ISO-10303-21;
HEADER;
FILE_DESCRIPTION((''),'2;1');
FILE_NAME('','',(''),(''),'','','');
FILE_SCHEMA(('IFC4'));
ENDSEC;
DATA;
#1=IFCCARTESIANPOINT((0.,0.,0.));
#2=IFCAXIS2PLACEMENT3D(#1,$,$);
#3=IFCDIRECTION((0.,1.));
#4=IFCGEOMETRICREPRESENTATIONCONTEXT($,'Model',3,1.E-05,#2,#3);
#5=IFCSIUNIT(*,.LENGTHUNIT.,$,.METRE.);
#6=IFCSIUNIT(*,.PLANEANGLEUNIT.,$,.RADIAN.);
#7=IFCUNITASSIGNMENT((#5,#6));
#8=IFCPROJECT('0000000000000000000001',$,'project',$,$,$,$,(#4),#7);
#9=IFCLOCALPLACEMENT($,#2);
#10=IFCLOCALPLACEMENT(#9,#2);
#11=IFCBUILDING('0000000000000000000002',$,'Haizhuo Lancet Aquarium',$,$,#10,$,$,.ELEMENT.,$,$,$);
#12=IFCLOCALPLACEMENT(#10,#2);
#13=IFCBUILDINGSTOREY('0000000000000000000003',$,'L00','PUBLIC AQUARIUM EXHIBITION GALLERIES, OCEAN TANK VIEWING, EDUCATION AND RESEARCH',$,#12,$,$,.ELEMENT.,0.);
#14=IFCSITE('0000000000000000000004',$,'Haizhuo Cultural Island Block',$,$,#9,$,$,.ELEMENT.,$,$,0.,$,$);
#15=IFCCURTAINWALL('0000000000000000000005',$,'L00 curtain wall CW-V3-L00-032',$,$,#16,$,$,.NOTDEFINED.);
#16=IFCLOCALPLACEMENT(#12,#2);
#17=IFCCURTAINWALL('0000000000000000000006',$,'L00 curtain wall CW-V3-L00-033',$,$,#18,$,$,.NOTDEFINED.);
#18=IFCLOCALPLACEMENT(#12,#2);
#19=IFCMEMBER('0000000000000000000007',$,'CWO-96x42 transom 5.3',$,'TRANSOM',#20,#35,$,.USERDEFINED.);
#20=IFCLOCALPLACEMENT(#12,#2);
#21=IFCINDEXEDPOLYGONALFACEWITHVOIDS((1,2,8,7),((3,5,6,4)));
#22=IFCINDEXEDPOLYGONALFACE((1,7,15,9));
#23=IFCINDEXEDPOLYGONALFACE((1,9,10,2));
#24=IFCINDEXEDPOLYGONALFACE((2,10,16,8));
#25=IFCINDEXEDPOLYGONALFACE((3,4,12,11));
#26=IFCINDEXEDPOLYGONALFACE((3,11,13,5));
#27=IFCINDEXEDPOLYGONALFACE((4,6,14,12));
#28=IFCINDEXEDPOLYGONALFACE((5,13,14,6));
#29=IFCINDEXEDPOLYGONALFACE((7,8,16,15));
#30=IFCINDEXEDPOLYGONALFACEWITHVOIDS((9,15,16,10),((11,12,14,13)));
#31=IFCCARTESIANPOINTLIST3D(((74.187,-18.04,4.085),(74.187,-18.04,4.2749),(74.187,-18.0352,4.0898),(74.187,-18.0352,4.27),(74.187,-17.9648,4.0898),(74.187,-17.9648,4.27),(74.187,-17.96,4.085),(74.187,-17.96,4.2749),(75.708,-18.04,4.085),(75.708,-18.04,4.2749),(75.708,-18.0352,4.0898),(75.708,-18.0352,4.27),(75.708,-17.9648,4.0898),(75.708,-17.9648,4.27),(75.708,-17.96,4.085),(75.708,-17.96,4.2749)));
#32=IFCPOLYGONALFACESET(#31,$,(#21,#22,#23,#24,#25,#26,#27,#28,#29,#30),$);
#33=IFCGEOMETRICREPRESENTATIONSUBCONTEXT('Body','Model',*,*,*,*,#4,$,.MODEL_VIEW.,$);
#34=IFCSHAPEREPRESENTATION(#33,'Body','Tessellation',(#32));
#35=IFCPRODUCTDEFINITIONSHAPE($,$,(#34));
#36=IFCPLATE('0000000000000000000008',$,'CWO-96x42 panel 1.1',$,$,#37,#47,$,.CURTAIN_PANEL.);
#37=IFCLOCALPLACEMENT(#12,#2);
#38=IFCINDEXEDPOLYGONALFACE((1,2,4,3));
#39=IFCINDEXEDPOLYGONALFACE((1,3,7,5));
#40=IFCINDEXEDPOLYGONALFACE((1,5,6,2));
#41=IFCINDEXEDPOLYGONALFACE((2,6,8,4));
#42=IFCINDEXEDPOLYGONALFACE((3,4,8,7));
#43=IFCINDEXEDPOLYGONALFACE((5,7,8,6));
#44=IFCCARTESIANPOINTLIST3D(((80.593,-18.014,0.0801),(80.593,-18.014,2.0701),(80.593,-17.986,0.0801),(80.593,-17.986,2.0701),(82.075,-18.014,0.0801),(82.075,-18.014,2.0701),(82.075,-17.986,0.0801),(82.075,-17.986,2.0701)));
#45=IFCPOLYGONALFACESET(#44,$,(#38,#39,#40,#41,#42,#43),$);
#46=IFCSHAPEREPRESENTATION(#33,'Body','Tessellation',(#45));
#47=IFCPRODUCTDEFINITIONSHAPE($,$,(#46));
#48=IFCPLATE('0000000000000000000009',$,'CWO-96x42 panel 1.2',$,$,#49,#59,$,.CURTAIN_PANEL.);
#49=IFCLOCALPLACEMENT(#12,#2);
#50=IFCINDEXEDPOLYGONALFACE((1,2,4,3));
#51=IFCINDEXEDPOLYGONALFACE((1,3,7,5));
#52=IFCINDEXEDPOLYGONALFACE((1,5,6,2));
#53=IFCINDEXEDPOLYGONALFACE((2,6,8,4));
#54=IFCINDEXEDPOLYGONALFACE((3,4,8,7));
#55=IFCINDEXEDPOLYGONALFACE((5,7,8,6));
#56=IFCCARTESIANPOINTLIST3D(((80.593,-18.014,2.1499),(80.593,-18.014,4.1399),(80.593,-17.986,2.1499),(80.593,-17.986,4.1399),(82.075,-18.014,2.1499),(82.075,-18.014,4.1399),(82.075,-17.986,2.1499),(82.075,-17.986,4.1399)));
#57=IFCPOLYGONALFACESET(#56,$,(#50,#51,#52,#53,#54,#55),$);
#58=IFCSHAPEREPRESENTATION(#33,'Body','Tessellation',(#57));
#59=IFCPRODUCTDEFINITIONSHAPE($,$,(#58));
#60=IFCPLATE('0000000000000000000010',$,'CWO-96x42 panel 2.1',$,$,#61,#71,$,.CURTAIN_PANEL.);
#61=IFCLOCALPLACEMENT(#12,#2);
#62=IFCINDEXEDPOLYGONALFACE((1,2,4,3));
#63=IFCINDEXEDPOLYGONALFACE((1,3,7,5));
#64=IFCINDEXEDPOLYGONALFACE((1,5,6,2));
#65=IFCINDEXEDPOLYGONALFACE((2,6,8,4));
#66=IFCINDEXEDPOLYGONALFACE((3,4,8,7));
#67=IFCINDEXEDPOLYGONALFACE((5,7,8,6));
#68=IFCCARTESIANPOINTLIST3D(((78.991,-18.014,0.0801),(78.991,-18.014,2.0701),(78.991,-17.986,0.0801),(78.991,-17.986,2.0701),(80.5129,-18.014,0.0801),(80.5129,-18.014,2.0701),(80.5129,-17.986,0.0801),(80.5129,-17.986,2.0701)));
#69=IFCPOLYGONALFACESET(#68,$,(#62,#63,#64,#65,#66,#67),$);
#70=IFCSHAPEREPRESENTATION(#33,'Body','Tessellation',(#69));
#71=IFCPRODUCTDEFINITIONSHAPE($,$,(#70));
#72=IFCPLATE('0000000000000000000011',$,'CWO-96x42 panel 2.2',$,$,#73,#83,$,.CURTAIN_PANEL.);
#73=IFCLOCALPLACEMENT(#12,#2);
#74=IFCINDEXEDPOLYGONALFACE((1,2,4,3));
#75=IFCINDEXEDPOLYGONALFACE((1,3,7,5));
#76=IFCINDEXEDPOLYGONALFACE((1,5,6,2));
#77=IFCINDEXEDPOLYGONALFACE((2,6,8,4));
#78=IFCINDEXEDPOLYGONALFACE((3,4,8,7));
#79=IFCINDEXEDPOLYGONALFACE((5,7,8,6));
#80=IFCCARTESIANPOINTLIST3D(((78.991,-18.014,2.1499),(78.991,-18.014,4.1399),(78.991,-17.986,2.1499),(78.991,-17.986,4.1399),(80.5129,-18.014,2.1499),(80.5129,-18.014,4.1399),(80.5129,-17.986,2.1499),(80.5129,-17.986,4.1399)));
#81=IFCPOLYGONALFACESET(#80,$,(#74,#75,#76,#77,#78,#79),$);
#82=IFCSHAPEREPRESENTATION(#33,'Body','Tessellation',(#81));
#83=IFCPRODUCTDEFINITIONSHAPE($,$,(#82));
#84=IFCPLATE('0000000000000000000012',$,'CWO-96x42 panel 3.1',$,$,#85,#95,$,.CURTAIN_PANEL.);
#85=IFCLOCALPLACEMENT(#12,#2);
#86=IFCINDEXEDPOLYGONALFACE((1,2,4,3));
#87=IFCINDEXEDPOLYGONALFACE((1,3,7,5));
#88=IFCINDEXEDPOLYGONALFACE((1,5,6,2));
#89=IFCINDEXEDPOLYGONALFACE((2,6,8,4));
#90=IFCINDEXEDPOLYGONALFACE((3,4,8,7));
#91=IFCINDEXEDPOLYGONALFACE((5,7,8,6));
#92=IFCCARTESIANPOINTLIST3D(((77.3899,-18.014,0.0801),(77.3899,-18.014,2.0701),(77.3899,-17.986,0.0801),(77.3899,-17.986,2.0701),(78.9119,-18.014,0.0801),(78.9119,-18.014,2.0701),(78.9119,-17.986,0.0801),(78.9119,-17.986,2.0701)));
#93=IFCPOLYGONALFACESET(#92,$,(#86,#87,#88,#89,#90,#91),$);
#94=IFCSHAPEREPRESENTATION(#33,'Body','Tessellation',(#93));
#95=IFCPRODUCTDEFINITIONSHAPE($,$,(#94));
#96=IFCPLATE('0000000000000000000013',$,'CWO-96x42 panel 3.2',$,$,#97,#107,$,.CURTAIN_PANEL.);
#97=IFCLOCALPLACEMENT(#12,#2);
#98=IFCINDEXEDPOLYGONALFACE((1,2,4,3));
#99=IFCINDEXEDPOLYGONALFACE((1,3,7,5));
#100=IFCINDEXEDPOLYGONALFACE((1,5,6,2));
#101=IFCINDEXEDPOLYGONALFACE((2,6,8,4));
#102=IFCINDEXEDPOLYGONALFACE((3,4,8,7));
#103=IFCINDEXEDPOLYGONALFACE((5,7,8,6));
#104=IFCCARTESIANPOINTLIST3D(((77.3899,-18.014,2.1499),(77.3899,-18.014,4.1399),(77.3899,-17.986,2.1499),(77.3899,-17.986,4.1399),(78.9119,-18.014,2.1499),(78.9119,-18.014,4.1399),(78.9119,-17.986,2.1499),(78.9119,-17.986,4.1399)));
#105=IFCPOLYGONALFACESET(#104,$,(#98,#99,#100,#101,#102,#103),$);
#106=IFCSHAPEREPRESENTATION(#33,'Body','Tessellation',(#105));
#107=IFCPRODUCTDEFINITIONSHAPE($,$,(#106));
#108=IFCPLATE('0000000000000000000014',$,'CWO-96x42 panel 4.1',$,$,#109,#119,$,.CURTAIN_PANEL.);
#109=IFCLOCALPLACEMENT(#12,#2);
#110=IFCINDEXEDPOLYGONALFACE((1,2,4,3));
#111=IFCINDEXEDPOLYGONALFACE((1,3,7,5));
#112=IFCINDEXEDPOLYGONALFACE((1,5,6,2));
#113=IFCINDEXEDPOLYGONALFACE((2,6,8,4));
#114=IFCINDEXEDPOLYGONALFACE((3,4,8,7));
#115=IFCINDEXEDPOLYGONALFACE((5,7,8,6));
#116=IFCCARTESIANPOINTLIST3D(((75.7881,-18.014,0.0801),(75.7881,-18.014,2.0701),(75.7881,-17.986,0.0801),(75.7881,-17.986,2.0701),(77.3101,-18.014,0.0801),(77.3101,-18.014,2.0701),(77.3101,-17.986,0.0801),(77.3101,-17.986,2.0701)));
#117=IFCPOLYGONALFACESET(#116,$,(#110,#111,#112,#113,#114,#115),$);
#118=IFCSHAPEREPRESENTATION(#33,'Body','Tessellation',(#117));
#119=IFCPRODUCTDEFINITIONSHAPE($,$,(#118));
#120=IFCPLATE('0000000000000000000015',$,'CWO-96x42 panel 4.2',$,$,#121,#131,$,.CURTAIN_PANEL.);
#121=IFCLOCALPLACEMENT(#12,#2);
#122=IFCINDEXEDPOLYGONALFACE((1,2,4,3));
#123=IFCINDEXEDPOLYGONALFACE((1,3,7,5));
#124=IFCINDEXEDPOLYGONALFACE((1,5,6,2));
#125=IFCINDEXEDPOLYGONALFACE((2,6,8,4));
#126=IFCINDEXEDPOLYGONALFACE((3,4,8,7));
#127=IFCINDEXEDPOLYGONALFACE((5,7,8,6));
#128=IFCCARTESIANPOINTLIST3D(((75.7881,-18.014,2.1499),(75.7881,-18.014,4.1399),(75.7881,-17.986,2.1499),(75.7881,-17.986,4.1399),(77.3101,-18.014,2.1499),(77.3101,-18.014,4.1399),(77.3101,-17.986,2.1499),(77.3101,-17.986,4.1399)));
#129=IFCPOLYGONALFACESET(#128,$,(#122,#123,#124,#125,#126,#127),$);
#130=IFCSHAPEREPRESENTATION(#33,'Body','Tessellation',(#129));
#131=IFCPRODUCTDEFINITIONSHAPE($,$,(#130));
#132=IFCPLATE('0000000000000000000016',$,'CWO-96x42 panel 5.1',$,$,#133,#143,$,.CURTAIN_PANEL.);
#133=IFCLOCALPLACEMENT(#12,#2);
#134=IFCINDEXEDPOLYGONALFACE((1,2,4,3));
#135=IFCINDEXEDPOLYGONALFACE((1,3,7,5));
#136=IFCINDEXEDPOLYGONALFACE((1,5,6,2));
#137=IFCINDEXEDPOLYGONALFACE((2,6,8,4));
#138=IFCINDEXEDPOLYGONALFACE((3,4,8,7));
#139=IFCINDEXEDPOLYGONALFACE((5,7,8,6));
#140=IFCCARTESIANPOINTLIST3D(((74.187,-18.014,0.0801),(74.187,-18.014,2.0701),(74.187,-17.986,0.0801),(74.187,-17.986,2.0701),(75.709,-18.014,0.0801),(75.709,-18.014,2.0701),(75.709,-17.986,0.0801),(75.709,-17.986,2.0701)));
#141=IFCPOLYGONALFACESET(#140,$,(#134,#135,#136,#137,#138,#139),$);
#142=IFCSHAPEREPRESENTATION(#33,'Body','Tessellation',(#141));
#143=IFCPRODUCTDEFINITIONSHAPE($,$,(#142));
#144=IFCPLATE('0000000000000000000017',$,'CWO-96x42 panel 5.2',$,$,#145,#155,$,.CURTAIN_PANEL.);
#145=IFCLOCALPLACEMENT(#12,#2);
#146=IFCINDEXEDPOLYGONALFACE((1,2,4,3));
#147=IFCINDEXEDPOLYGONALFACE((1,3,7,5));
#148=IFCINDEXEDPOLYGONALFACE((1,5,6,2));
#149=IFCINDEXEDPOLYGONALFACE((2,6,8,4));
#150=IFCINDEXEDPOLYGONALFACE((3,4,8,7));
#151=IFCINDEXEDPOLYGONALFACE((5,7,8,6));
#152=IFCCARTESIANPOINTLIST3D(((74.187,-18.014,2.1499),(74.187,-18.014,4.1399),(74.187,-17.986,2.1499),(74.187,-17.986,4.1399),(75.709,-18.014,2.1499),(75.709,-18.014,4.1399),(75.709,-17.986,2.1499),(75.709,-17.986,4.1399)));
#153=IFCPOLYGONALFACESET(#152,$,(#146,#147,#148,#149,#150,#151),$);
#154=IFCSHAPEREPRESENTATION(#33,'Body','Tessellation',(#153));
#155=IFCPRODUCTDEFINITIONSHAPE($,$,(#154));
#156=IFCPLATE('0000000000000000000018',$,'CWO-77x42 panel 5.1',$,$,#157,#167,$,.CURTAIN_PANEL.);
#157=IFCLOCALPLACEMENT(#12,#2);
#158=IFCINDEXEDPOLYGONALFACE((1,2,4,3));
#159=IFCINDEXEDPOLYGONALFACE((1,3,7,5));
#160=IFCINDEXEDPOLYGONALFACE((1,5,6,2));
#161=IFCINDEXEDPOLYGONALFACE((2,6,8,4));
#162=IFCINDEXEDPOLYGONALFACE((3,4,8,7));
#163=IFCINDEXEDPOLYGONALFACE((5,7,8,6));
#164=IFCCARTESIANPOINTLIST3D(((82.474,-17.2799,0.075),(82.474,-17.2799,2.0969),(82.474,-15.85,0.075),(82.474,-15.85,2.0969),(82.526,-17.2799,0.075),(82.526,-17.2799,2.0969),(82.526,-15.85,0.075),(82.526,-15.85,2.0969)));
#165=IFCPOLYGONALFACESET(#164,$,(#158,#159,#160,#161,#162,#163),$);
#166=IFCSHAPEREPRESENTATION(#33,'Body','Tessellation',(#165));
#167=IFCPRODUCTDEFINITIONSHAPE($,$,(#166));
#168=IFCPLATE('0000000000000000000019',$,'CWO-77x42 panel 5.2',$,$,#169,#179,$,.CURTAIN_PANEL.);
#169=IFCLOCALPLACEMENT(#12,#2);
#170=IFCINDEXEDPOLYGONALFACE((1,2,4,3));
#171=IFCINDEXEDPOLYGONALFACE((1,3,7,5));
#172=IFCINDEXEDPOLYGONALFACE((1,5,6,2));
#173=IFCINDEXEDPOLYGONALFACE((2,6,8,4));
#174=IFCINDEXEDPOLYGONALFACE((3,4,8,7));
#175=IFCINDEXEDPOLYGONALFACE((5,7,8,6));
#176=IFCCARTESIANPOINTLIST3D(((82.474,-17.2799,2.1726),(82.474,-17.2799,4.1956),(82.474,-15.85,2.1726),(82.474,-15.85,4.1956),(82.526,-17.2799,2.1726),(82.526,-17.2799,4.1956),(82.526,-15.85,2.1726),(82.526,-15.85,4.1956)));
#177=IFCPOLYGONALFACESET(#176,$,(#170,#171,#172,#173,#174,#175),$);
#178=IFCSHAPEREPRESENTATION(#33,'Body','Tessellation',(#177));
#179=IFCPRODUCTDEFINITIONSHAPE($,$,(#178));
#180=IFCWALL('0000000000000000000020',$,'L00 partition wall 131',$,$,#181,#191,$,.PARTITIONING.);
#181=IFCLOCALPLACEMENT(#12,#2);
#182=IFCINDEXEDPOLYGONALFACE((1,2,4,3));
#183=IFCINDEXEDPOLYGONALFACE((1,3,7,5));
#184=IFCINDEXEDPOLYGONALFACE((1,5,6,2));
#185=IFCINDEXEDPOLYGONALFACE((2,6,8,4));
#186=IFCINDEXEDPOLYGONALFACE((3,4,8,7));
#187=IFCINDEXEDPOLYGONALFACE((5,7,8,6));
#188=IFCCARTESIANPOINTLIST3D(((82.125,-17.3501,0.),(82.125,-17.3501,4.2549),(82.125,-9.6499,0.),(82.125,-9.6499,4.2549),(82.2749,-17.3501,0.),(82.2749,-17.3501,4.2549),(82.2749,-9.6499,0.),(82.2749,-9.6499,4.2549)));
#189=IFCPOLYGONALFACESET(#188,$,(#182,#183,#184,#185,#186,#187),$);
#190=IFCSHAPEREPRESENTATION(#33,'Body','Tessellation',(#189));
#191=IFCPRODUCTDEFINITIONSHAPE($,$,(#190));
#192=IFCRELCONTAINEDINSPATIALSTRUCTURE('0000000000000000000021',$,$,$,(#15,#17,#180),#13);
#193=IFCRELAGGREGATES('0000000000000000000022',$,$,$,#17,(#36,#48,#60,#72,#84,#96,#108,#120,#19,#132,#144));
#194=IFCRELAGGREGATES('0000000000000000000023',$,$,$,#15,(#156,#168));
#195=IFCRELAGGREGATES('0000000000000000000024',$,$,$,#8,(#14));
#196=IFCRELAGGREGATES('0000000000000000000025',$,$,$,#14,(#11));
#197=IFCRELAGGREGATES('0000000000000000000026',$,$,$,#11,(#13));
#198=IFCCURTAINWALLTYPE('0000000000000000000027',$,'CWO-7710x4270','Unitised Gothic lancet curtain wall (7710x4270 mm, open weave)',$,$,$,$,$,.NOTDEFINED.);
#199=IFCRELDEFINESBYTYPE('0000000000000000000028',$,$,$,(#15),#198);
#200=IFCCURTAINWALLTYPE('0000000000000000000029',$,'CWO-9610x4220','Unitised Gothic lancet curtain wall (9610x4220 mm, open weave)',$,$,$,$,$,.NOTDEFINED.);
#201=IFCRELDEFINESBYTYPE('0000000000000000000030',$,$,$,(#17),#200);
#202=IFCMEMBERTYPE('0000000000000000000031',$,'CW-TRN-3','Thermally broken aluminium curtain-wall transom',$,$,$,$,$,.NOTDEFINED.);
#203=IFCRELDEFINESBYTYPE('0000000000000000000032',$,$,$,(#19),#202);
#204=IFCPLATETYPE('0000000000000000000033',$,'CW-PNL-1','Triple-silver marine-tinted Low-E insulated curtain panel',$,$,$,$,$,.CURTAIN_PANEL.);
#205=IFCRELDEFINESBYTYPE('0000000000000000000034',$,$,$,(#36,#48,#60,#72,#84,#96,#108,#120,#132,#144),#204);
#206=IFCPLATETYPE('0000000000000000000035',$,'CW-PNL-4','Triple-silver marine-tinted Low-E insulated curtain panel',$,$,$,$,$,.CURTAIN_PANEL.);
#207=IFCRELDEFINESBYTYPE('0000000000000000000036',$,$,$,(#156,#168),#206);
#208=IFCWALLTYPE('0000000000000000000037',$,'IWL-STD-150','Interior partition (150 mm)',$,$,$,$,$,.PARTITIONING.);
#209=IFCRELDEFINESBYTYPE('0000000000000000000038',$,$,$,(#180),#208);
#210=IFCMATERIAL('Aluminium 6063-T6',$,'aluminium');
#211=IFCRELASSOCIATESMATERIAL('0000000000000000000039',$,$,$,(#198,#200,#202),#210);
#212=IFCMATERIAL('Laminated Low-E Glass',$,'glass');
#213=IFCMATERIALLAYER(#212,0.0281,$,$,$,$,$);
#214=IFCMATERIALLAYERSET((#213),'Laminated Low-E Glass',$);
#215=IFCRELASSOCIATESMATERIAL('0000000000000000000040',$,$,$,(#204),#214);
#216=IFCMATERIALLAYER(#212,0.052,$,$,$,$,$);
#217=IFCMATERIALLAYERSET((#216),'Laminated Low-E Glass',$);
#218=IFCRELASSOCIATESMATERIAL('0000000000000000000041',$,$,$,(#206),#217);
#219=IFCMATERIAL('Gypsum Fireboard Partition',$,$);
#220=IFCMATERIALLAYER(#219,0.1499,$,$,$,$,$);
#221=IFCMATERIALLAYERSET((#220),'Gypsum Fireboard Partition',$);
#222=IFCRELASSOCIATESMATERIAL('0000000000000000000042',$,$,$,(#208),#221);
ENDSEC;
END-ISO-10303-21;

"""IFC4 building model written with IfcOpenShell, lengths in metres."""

from ifc_helpers import new_model, si_unit, direction, frame, frame_2d, origin, origin_2d, place, context, subcontext, project, spatial, rectangle, hollow_rectangle, extrude, material, layer, layer_set, material_profile, profile_set, type_object, element, aggregate, save


model = new_model("IFC4")

# Units and contexts
model_context = context("Model", 3, precision=1e-05, world=origin(), true_north=direction((0.0, 1.0)))
body_context = subcontext(model_context, "Body", "Model", "MODEL_VIEW")
ifc_project = project(units=[si_unit("LENGTHUNIT", "METRE"), si_unit("PLANEANGLEUNIT", "RADIAN")], contexts=[model_context])

# Site, building, storey
site_placement = place(None, origin())
site = spatial("IfcSite", under=ifc_project, at=site_placement, Name="Haizhuo Cultural Island Block", CompositionType="ELEMENT", RefElevation=0.0)
building_placement = place(site_placement, origin())
building = spatial("IfcBuilding", under=site, at=building_placement, Name="Haizhuo Lancet Aquarium", CompositionType="ELEMENT")
storey_placement = place(building_placement, origin())
storey = spatial("IfcBuildingStorey", under=building, at=storey_placement, Name="L00", Description="PUBLIC AQUARIUM EXHIBITION GALLERIES, OCEAN TANK VIEWING, EDUCATION AND RESEARCH", CompositionType="ELEMENT", Elevation=0.0)

# Curtain wall
ifc_material_1 = material(Name="Aluminium 6063-T6", Category="aluminium")
curtain_wall_type_1 = type_object("IfcCurtainWallType", Name="CWO-7710x4270", Description="Unitised Gothic lancet curtain wall (7710x4270 mm, open weave)", PredefinedType="NOTDEFINED", material=ifc_material_1)
curtain_wall_1_placement = place(storey_placement, origin())
curtain_wall_1 = element("IfcCurtainWall", 1, at=curtain_wall_1_placement, inside=storey, type_object=curtain_wall_type_1, Name="L00 curtain wall CW-V3-L00-032", PredefinedType="NOTDEFINED")

# Curtain wall, member, plates
curtain_wall_type_2 = type_object("IfcCurtainWallType", Name="CWO-9610x4220", Description="Unitised Gothic lancet curtain wall (9610x4220 mm, open weave)", PredefinedType="NOTDEFINED", material=ifc_material_1)
curtain_wall_2_placement = place(storey_placement, origin())
curtain_wall_2 = element("IfcCurtainWall", 2, at=curtain_wall_2_placement, inside=storey, type_object=curtain_wall_type_2, Name="L00 curtain wall CW-V3-L00-033", PredefinedType="NOTDEFINED")
ifc_material_profile_1 = material_profile(ifc_material_1, hollow_rectangle(XDim=0.0801, YDim=0.1899, WallThickness=0.0049, at=origin_2d()), Name="ALU-T 80x190x5")
ifc_profile_set_1 = profile_set([ifc_material_profile_1], Name="Aluminium 6063-T6")
member_type_1 = type_object("IfcMemberType", Name="CW-TRN-3", Description="Thermally broken aluminium curtain-wall transom", PredefinedType="NOTDEFINED", material=ifc_profile_set_1)
member_1_placement = place(storey_placement, frame((75.708, -18.0, 4.1799), z_axis=(-1.0, 0.0, 0.0), x_axis=(0.0, -1.0, 0.0)))
member_1 = element("IfcMember", 3, at=member_1_placement, type_object=member_type_1, Name="CWO-96x42 transom 5.3", ObjectType="TRANSOM", PredefinedType="USERDEFINED", context=body_context, shape_type="SweptSolid", body=[
    extrude(hollow_rectangle(XDim=0.0801, YDim=0.1899, WallThickness=0.0049, at=origin_2d()), origin(), (0.0, 0.0, 1.0), 1.521),
])
ifc_material_2 = material(Name="Laminated Low-E Glass", Category="glass")
ifc_layer_1 = layer(ifc_material_2, 0.0281)
ifc_layer_set_1 = layer_set([ifc_layer_1], Name="Laminated Low-E Glass")
plate_type_1 = type_object("IfcPlateType", Name="CW-PNL-1", Description="Triple-silver marine-tinted Low-E insulated curtain panel", PredefinedType="CURTAIN_PANEL", material=ifc_layer_set_1)
plate_1_placement = place(storey_placement, frame((81.334, -18.0, 0.0801), z_axis=(0.0, 0.0, 1.0), x_axis=(-1.0, 0.0, 0.0)))
plate_1 = element("IfcPlate", 4, at=plate_1_placement, type_object=plate_type_1, Name="CWO-96x42 panel 1.1", PredefinedType="CURTAIN_PANEL", context=body_context, shape_type="SweptSolid", body=[
    extrude(rectangle(XDim=1.4819, YDim=0.0281, at=origin_2d()), origin(), (0.0, 0.0, 1.0), 1.99),
])
plate_2_placement = place(storey_placement, frame((81.334, -18.0, 2.1499), z_axis=(0.0, 0.0, 1.0), x_axis=(-1.0, 0.0, 0.0)))
plate_2 = element("IfcPlate", 5, at=plate_2_placement, type_object=plate_type_1, Name="CWO-96x42 panel 1.2", PredefinedType="CURTAIN_PANEL", context=body_context, shape_type="SweptSolid", body=[
    extrude(rectangle(XDim=1.4819, YDim=0.0281, at=origin_2d()), origin(), (0.0, 0.0, 1.0), 1.99),
])
plate_3_placement = place(storey_placement, frame((79.752, -18.0, 0.0801), z_axis=(0.0, 0.0, 1.0), x_axis=(-1.0, 0.0, 0.0)))
plate_3 = element("IfcPlate", 6, at=plate_3_placement, type_object=plate_type_1, Name="CWO-96x42 panel 2.1", PredefinedType="CURTAIN_PANEL", context=body_context, shape_type="SweptSolid", body=[
    extrude(rectangle(XDim=1.522, YDim=0.0281, at=origin_2d()), origin(), (0.0, 0.0, 1.0), 1.99),
])
plate_4_placement = place(storey_placement, frame((79.752, -18.0, 2.1499), z_axis=(0.0, 0.0, 1.0), x_axis=(-1.0, 0.0, 0.0)))
plate_4 = element("IfcPlate", 7, at=plate_4_placement, type_object=plate_type_1, Name="CWO-96x42 panel 2.2", PredefinedType="CURTAIN_PANEL", context=body_context, shape_type="SweptSolid", body=[
    extrude(rectangle(XDim=1.522, YDim=0.0281, at=origin_2d()), origin(), (0.0, 0.0, 1.0), 1.99),
])
plate_5_placement = place(storey_placement, frame((78.1509, -18.0, 0.0801), z_axis=(0.0, 0.0, 1.0), x_axis=(-1.0, 0.0, 0.0)))
plate_5 = element("IfcPlate", 8, at=plate_5_placement, type_object=plate_type_1, Name="CWO-96x42 panel 3.1", PredefinedType="CURTAIN_PANEL", context=body_context, shape_type="SweptSolid", body=[
    extrude(rectangle(XDim=1.522, YDim=0.0281, at=origin_2d()), origin(), (0.0, 0.0, 1.0), 1.99),
])
plate_6_placement = place(storey_placement, frame((78.1509, -18.0, 2.1499), z_axis=(0.0, 0.0, 1.0), x_axis=(-1.0, 0.0, 0.0)))
plate_6 = element("IfcPlate", 9, at=plate_6_placement, type_object=plate_type_1, Name="CWO-96x42 panel 3.2", PredefinedType="CURTAIN_PANEL", context=body_context, shape_type="SweptSolid", body=[
    extrude(rectangle(XDim=1.522, YDim=0.0281, at=origin_2d()), origin(), (0.0, 0.0, 1.0), 1.99),
])
plate_7_placement = place(storey_placement, frame((76.5491, -18.0, 0.0801), z_axis=(0.0, 0.0, 1.0), x_axis=(-1.0, 0.0, 0.0)))
plate_7 = element("IfcPlate", 10, at=plate_7_placement, type_object=plate_type_1, Name="CWO-96x42 panel 4.1", PredefinedType="CURTAIN_PANEL", context=body_context, shape_type="SweptSolid", body=[
    extrude(rectangle(XDim=1.522, YDim=0.0281, at=origin_2d()), origin(), (0.0, 0.0, 1.0), 1.99),
])
plate_8_placement = place(storey_placement, frame((76.5491, -18.0, 2.1499), z_axis=(0.0, 0.0, 1.0), x_axis=(-1.0, 0.0, 0.0)))
plate_8 = element("IfcPlate", 11, at=plate_8_placement, type_object=plate_type_1, Name="CWO-96x42 panel 4.2", PredefinedType="CURTAIN_PANEL", context=body_context, shape_type="SweptSolid", body=[
    extrude(rectangle(XDim=1.522, YDim=0.0281, at=origin_2d()), origin(), (0.0, 0.0, 1.0), 1.99),
])
plate_9_placement = place(storey_placement, frame((74.948, -18.0, 0.0801), z_axis=(0.0, 0.0, 1.0), x_axis=(-1.0, 0.0, 0.0)))
plate_9 = element("IfcPlate", 12, at=plate_9_placement, type_object=plate_type_1, Name="CWO-96x42 panel 5.1", PredefinedType="CURTAIN_PANEL", context=body_context, shape_type="SweptSolid", body=[
    extrude(rectangle(XDim=1.522, YDim=0.0281, at=origin_2d()), origin(), (0.0, 0.0, 1.0), 1.99),
])
plate_10_placement = place(storey_placement, frame((74.948, -18.0, 2.1499), z_axis=(0.0, 0.0, 1.0), x_axis=(-1.0, 0.0, 0.0)))
plate_10 = element("IfcPlate", 13, at=plate_10_placement, type_object=plate_type_1, Name="CWO-96x42 panel 5.2", PredefinedType="CURTAIN_PANEL", context=body_context, shape_type="SweptSolid", body=[
    extrude(rectangle(XDim=1.522, YDim=0.0281, at=origin_2d()), origin(), (0.0, 0.0, 1.0), 1.99),
])
aggregate(curtain_wall_2, [plate_1, plate_2, plate_3, plate_4, plate_5, plate_6, plate_7, plate_8, member_1, plate_9, plate_10])

# Plates
ifc_layer_2 = layer(ifc_material_2, 0.052)
ifc_layer_set_2 = layer_set([ifc_layer_2], Name="Laminated Low-E Glass")
plate_type_2 = type_object("IfcPlateType", Name="CW-PNL-4", Description="Triple-silver marine-tinted Low-E insulated curtain panel", PredefinedType="CURTAIN_PANEL", material=ifc_layer_set_2)
plate_11_placement = place(storey_placement, frame((82.5, -16.5649, 0.075), z_axis=(0.0, 0.0, 1.0), x_axis=(0.0, -1.0, 0.0)))
plate_11 = element("IfcPlate", 14, at=plate_11_placement, type_object=plate_type_2, Name="CWO-77x42 panel 5.1", PredefinedType="CURTAIN_PANEL", context=body_context, shape_type="SweptSolid", body=[
    extrude(rectangle(XDim=1.4299, YDim=0.052, at=origin_2d()), origin(), (0.0, 0.0, 1.0), 2.022),
])
plate_12_placement = place(storey_placement, frame((82.5, -16.5649, 2.1726), z_axis=(0.0, 0.0, 1.0), x_axis=(0.0, -1.0, 0.0)))
plate_12 = element("IfcPlate", 15, at=plate_12_placement, type_object=plate_type_2, Name="CWO-77x42 panel 5.2", PredefinedType="CURTAIN_PANEL", context=body_context, shape_type="SweptSolid", body=[
    extrude(rectangle(XDim=1.4299, YDim=0.052, at=origin_2d()), origin(), (0.0, 0.0, 1.0), 2.0229),
])
aggregate(curtain_wall_1, [plate_11, plate_12])

# Wall
ifc_material_3 = material(Name="Gypsum Fireboard Partition")
ifc_layer_3 = layer(ifc_material_3, 0.1499)
ifc_layer_set_3 = layer_set([ifc_layer_3], Name="Gypsum Fireboard Partition")
wall_type = type_object("IfcWallType", Name="IWL-STD-150", Description="Interior partition (150 mm)", PredefinedType="PARTITIONING", material=ifc_layer_set_3)
wall_placement = place(storey_placement, frame((82.2, -17.3501, 0.0), z_axis=(0.0, 0.0, 1.0), x_axis=(0.0, 1.0, 0.0)))
element("IfcWall", 16, at=wall_placement, inside=storey, type_object=wall_type, Name="L00 partition wall 131", PredefinedType="PARTITIONING", context=body_context, shape_type="SweptSolid", body=[
    extrude(rectangle(XDim=7.7002, YDim=0.1499, at=frame_2d((3.8501, 0.0))), origin(), (0.0, 0.0, 1.0), 4.2549),
])

save(model, "model.ifc")
